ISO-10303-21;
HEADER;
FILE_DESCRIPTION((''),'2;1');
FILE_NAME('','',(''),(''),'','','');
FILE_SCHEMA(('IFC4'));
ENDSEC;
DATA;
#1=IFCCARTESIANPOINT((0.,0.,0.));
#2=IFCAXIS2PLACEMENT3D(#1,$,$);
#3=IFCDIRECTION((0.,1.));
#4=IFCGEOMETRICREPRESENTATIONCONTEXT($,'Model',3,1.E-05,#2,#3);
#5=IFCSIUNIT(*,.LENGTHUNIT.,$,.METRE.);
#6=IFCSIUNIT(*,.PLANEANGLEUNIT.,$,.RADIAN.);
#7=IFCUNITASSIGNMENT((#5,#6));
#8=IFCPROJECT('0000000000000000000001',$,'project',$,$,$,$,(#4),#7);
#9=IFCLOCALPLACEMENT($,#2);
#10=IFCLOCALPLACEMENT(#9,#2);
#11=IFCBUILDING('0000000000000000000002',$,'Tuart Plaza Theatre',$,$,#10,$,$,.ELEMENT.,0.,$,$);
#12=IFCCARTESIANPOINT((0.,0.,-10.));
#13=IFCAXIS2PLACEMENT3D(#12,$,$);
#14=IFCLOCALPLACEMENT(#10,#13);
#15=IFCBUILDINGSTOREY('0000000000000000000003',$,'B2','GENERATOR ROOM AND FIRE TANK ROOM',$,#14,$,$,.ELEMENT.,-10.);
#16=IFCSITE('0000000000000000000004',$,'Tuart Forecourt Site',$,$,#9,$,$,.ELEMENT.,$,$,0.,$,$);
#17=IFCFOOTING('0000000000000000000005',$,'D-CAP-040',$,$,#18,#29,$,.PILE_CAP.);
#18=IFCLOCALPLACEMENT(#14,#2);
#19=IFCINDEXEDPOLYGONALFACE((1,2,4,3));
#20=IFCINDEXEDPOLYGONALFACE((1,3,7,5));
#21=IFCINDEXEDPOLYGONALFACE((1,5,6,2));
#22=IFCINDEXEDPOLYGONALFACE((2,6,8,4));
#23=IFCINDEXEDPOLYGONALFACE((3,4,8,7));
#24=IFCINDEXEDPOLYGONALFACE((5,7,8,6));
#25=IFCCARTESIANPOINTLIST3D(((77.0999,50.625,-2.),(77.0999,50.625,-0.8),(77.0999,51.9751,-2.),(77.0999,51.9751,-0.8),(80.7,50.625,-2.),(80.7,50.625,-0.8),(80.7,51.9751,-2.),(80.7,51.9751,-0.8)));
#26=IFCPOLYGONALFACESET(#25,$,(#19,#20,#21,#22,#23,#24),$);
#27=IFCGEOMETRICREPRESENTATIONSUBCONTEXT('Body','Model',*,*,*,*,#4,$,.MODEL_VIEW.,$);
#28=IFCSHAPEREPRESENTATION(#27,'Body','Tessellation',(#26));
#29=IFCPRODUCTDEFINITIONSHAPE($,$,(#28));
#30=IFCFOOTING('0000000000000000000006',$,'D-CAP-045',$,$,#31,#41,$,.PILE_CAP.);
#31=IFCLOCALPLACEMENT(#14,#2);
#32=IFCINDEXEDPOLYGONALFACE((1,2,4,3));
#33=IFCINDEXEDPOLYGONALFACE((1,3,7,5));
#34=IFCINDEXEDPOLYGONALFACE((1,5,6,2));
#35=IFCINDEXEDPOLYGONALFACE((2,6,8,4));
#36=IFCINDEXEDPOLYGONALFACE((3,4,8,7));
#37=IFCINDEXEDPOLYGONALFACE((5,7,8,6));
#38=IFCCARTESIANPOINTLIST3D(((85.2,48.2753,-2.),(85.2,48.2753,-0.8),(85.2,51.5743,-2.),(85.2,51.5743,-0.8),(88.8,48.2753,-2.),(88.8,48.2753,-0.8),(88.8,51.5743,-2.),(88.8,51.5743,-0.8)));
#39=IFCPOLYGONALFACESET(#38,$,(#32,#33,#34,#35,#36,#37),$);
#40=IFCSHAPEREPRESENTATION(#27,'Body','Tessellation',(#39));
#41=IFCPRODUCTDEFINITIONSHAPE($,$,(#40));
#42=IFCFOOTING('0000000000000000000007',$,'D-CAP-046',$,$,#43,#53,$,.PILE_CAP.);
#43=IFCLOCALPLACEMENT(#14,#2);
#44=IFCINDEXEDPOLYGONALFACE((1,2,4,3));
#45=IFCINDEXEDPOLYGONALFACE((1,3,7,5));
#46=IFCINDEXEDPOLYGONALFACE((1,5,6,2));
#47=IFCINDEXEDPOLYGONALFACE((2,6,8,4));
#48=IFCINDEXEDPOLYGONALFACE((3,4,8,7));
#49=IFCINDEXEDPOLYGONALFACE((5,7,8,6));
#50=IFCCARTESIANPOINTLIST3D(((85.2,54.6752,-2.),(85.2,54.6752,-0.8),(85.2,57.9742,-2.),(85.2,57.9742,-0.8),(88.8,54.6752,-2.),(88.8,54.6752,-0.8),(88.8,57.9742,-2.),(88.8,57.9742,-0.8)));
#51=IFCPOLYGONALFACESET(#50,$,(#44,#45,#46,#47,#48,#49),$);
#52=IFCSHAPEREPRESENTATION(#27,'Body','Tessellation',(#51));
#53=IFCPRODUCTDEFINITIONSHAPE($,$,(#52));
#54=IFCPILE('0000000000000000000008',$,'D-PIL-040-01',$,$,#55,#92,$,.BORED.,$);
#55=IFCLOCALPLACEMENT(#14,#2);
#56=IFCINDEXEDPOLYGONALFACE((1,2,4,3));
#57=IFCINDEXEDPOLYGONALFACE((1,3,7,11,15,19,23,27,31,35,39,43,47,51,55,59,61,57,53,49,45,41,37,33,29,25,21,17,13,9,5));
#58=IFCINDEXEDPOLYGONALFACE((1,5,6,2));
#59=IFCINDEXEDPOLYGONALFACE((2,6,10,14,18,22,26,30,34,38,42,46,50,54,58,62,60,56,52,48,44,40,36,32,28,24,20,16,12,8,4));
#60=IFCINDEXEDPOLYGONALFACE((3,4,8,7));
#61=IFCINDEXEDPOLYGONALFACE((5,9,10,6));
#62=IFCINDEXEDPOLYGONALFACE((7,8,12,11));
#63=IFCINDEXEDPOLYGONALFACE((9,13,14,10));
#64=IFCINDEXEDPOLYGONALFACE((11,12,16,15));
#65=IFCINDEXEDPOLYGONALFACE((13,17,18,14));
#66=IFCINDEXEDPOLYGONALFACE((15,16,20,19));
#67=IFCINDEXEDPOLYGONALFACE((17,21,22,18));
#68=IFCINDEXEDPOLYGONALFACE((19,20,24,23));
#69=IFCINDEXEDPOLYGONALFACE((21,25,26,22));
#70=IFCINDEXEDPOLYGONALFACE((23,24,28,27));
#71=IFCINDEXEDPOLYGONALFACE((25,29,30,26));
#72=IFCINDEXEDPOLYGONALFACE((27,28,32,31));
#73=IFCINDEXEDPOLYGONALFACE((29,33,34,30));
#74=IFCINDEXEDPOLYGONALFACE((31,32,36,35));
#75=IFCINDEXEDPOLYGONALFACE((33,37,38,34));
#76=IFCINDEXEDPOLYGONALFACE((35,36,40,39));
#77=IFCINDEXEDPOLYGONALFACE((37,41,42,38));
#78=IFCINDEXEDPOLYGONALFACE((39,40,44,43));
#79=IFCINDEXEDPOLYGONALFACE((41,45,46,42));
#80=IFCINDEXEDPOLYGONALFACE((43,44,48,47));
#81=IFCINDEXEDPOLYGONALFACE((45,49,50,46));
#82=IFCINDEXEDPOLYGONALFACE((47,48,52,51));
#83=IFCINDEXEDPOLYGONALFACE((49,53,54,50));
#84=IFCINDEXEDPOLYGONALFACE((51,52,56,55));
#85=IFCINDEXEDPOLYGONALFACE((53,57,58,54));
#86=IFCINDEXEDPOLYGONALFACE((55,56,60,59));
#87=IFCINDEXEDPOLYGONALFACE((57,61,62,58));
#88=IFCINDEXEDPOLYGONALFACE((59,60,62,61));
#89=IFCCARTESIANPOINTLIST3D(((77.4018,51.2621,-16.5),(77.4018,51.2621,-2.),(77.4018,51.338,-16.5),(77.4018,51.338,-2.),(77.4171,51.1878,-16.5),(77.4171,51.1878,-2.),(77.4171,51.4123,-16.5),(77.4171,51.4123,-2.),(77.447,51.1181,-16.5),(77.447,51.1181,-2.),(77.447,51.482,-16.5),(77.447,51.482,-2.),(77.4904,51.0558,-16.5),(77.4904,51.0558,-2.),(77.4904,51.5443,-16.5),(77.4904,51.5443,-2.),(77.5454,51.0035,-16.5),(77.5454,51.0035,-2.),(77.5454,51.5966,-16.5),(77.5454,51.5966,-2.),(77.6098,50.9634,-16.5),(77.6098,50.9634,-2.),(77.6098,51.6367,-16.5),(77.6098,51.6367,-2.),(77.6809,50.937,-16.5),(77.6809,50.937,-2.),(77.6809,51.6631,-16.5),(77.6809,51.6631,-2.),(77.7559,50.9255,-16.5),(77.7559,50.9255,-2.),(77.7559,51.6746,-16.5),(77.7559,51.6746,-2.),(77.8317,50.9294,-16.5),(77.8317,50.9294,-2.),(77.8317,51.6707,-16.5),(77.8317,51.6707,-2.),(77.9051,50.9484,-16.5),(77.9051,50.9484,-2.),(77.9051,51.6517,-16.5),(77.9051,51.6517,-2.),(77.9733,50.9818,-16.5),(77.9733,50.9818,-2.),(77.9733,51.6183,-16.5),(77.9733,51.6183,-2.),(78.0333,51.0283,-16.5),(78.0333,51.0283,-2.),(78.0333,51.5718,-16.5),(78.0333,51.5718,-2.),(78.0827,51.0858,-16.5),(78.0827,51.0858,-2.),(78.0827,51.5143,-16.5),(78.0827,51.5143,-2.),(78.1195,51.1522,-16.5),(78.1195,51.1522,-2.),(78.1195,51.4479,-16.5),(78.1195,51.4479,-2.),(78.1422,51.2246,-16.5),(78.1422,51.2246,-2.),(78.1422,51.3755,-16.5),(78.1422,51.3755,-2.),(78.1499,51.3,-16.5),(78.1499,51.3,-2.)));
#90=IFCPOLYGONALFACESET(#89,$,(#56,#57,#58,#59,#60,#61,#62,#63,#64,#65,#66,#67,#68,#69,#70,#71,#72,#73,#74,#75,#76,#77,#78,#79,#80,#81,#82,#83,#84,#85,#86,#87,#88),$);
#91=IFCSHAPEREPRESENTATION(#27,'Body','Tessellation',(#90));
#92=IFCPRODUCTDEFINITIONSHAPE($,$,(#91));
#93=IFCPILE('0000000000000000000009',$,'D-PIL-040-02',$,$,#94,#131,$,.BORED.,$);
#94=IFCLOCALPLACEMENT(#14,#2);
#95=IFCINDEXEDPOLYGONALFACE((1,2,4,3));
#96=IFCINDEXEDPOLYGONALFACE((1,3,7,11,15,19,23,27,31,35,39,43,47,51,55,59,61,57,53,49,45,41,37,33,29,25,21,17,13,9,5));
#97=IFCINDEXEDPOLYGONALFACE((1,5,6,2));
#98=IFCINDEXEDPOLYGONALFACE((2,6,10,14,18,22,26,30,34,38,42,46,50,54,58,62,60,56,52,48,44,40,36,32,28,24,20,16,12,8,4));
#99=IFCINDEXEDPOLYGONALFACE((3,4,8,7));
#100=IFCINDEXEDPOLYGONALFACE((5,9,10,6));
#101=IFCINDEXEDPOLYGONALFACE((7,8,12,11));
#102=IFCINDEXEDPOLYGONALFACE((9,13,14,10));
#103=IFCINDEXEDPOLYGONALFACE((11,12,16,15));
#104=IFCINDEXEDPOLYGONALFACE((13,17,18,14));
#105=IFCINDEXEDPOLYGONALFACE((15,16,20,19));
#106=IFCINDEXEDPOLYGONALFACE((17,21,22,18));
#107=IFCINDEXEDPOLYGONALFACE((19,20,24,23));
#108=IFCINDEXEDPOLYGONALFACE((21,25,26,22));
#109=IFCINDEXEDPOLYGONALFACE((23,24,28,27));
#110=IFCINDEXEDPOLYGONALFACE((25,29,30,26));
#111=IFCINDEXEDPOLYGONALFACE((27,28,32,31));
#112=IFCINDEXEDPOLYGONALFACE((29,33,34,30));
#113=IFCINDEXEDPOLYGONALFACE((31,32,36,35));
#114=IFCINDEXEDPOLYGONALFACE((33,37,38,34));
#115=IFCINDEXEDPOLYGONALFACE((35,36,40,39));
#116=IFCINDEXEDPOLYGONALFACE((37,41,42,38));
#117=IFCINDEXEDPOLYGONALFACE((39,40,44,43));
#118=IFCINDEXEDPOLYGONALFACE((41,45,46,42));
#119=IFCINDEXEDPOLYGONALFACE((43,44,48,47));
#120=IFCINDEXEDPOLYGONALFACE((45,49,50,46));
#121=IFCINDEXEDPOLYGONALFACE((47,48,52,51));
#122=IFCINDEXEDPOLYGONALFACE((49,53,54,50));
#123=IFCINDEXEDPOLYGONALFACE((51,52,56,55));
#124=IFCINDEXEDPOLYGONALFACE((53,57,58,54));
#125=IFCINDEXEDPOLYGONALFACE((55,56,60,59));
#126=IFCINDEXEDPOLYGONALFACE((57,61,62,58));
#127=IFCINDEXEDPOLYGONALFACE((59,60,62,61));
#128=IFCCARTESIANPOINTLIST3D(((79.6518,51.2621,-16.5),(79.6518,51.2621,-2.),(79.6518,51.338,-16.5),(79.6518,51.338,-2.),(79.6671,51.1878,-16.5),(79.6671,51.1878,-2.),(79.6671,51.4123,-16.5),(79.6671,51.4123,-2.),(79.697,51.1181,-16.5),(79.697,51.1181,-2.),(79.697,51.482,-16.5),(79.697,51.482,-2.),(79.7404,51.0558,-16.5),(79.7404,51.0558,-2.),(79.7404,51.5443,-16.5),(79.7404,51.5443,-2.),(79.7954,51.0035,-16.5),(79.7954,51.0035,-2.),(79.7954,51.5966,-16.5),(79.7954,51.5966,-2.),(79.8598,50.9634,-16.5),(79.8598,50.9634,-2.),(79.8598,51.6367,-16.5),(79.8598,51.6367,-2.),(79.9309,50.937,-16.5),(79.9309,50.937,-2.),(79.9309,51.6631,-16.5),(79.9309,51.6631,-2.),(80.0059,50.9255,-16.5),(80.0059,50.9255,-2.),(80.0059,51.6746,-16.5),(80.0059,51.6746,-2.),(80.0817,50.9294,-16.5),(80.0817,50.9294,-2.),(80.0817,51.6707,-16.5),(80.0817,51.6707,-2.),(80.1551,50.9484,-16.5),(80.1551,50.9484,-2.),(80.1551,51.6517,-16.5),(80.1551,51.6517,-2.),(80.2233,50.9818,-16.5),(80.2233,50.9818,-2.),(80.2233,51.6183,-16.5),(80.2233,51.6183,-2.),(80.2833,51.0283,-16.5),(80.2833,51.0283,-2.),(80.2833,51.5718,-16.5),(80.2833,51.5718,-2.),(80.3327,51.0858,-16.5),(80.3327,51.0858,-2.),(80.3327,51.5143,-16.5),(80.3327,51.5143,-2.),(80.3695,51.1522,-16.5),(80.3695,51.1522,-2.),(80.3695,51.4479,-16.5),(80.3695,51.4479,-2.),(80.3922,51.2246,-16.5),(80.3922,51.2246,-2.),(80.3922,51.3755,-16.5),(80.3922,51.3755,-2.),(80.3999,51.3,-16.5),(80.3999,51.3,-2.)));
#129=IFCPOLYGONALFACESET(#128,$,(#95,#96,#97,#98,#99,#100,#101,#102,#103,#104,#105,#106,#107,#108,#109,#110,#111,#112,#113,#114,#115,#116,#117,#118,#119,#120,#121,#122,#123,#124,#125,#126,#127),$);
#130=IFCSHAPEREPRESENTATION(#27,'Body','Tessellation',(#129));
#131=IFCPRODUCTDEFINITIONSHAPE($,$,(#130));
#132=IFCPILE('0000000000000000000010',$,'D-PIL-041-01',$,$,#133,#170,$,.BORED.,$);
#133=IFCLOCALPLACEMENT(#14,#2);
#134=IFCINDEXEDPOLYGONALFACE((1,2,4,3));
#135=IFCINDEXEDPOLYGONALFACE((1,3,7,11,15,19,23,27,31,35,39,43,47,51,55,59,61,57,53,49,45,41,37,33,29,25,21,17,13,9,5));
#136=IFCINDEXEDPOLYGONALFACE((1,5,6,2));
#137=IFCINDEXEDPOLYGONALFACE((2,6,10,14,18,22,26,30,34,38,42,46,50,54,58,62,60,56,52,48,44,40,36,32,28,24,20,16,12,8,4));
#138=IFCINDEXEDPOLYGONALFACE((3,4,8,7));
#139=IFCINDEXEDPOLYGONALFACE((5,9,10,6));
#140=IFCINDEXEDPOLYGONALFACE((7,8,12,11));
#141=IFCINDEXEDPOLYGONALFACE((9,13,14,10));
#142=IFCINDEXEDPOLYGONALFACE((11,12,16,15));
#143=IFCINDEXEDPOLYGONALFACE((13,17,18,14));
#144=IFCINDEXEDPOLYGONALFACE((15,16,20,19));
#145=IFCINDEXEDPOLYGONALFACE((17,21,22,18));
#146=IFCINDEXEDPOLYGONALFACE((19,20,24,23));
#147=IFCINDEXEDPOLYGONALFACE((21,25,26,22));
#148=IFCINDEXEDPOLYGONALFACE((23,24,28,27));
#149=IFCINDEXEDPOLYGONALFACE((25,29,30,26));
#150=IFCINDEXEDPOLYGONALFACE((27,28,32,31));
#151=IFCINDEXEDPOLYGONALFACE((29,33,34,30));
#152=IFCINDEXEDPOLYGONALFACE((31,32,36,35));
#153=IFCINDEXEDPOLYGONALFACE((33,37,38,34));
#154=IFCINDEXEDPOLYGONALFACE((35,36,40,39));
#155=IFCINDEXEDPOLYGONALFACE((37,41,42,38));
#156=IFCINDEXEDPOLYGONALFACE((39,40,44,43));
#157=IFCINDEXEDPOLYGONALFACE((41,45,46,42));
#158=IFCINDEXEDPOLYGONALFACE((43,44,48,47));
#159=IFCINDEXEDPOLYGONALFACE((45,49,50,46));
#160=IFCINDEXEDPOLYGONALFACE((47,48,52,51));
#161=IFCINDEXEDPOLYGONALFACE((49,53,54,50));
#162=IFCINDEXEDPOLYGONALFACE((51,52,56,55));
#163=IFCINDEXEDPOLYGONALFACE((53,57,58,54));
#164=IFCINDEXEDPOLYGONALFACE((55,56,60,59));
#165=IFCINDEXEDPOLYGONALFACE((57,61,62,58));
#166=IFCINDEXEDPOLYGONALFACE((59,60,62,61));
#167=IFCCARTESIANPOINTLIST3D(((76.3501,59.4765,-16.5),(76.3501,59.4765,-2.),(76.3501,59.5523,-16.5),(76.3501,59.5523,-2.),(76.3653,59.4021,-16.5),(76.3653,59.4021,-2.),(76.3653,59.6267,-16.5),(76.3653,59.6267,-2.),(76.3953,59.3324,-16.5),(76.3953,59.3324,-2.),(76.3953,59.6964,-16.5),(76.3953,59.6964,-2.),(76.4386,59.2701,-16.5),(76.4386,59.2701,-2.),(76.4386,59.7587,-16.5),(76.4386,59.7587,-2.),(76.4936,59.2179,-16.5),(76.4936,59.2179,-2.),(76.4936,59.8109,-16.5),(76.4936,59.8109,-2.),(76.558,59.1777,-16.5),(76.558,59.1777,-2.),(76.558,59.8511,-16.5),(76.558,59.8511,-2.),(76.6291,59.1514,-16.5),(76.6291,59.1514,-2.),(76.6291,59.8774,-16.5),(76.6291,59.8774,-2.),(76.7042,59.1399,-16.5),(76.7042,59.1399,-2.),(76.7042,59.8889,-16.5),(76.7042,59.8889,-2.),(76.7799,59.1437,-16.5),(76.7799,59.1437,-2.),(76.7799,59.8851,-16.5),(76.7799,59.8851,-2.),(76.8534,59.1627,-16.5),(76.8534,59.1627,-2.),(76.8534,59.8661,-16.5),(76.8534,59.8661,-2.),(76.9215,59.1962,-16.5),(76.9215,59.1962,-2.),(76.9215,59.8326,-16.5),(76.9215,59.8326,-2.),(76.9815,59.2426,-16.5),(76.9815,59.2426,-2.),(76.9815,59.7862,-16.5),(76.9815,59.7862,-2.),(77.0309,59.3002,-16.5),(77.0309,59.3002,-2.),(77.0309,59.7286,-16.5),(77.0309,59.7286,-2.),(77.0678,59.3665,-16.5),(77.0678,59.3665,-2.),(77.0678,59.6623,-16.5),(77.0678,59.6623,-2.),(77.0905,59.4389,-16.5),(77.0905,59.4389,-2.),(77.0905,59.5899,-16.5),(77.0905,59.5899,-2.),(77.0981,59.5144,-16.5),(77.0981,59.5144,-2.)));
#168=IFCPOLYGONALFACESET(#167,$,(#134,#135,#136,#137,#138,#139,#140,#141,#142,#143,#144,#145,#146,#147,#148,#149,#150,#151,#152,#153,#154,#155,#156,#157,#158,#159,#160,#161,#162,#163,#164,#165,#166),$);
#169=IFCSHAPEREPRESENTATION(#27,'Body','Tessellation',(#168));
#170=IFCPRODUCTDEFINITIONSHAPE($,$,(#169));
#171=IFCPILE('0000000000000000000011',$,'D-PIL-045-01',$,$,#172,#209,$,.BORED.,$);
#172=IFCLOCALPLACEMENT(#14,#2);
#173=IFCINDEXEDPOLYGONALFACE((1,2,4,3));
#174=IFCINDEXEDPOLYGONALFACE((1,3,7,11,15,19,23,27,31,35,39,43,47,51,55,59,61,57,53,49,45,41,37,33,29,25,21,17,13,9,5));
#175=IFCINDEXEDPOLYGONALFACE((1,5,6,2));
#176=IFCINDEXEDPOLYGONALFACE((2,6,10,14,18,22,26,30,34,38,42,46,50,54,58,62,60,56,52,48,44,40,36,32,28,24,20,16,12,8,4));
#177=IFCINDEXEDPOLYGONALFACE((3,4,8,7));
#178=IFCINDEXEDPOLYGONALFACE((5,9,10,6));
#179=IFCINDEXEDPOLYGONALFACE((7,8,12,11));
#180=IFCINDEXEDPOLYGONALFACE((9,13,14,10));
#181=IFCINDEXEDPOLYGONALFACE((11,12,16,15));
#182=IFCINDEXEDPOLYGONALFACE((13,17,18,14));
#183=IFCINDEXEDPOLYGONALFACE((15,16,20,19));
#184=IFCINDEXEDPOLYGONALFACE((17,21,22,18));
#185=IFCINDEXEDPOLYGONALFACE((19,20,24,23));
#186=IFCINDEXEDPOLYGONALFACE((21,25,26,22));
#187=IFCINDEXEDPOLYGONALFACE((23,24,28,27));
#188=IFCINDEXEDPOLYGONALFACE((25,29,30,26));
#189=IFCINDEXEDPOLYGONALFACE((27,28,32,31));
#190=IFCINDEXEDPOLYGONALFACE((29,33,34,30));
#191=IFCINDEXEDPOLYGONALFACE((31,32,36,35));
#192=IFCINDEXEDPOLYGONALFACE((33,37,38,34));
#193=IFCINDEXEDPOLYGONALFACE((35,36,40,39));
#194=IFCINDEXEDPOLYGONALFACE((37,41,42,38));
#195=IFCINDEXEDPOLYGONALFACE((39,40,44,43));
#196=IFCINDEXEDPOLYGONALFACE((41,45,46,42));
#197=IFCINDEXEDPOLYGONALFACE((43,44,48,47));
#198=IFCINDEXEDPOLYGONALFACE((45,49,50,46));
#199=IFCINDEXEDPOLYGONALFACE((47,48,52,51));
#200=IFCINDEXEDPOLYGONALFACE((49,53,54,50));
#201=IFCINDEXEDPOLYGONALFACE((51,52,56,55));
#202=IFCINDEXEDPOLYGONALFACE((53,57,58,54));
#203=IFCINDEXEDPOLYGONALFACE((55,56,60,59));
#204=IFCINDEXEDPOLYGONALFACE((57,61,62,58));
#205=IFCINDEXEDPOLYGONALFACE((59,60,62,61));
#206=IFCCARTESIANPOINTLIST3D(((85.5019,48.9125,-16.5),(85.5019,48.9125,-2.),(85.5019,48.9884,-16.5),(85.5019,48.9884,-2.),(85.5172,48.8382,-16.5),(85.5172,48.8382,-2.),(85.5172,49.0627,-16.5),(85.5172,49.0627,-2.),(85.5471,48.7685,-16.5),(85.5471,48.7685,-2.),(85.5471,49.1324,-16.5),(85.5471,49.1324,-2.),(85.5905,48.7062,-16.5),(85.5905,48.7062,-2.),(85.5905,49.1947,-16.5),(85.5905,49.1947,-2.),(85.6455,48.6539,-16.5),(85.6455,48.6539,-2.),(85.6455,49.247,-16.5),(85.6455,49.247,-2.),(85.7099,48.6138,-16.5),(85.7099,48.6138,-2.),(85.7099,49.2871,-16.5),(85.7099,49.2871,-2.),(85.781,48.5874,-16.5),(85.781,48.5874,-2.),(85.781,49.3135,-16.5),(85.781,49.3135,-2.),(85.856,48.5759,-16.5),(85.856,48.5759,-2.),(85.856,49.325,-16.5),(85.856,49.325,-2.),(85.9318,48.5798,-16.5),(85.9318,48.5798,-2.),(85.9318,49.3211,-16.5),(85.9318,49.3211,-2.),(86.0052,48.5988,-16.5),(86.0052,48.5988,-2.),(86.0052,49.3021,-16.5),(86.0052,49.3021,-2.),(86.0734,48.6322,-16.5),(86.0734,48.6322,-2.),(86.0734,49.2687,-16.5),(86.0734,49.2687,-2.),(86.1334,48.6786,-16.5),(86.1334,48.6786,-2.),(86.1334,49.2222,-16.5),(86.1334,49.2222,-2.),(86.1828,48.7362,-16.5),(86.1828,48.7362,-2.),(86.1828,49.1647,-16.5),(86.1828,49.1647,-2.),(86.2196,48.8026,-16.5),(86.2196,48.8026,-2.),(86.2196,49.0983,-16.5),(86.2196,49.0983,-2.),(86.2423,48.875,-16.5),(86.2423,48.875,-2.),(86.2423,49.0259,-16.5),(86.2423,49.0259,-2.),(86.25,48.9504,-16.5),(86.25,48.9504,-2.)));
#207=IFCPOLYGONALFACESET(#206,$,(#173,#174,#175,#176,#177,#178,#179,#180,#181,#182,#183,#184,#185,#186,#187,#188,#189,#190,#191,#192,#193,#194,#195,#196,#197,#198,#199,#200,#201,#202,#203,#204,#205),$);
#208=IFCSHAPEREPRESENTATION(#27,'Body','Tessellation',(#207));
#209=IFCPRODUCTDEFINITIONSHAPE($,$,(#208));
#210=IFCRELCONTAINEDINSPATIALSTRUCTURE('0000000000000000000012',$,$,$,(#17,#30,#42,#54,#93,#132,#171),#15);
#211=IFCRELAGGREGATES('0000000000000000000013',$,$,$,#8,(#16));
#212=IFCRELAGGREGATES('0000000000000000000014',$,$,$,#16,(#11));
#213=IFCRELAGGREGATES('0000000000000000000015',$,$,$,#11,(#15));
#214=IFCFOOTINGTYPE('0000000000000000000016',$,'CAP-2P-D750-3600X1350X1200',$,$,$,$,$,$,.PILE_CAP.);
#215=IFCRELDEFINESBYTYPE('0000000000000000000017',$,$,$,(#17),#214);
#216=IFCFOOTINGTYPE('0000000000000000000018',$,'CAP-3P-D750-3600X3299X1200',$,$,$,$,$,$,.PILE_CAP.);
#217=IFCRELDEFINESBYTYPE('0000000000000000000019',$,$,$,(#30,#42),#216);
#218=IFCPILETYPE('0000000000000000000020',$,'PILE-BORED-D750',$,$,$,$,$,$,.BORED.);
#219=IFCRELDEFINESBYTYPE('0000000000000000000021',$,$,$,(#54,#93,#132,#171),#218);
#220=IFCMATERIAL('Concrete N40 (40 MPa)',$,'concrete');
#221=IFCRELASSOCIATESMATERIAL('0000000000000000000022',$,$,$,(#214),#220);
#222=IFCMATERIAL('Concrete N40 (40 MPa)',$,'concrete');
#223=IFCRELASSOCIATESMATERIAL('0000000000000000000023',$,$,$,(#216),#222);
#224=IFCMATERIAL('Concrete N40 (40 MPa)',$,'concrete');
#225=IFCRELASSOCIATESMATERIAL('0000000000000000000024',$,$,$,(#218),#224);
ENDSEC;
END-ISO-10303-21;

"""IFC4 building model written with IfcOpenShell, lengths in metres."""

from ifc_helpers import new_model, si_unit, direction, frame, origin, origin_2d, place, context, subcontext, project, spatial, rectangle, circle, extrude, material, material_profile, profile_set, type_object, element, save


model = new_model("IFC4")

# Units and contexts
model_context = context("Model", 3, precision=1e-05, world=origin(), true_north=direction((0.0, 1.0)))
body_context = subcontext(model_context, "Body", "Model", "MODEL_VIEW")
ifc_project = project(units=[si_unit("LENGTHUNIT", "METRE"), si_unit("PLANEANGLEUNIT", "RADIAN")], contexts=[model_context])

# Site, building, storey
site_placement = place(None, origin())
site = spatial("IfcSite", under=ifc_project, at=site_placement, Name="Tuart Forecourt Site", CompositionType="ELEMENT", RefElevation=0.0)
building_placement = place(site_placement, origin())
building = spatial("IfcBuilding", under=site, at=building_placement, Name="Tuart Plaza Theatre", CompositionType="ELEMENT", ElevationOfRefHeight=0.0)
storey_placement = place(building_placement, frame((0.0, 0.0, -10.0)))
storey = spatial("IfcBuildingStorey", under=building, at=storey_placement, Name="B2", Description="GENERATOR ROOM AND FIRE TANK ROOM", CompositionType="ELEMENT", Elevation=-10.0)

# Footings
ifc_material_1 = material(Name="Concrete N40 (40 MPa)", Category="concrete")
footing_type_1 = type_object("IfcFootingType", Name="CAP-2P-D750-3600X1350X1200", PredefinedType="PILE_CAP", material=ifc_material_1)
footing_placement = place(storey_placement, frame((78.8999, 51.3, -2.0), z_axis=(0.0, 0.0, 1.0), x_axis=(1.0, 0.0, 0.0)))
element("IfcFooting", 1, at=footing_placement, inside=storey, type_object=footing_type_1, Name="D-CAP-040", PredefinedType="PILE_CAP", context=body_context, shape_type="SweptSolid", body=[
    extrude(rectangle(XDim=3.6001, YDim=1.3501, at=origin_2d()), origin(), (0.0, 0.0, 1.0), 1.2),
])
ifc_material_2 = material(Name="Concrete N40 (40 MPa)", Category="concrete")
footing_type_2 = type_object("IfcFootingType", Name="CAP-3P-D750-3600X3299X1200", PredefinedType="PILE_CAP", material=ifc_material_2)
for number, where, z_axis, x_axis, name in (
    (2, (87.0, 49.9248, -2.0), (0.0, 0.0, 1.0), (-1.0, 0.0, 0.0), "D-CAP-045"),
    (3, (87.0, 56.3247, -2.0), (0.0, 0.0, 1.0), (1.0, 0.0, 0.0), "D-CAP-046"),
):
    element("IfcFooting", number, at=place(storey_placement, frame(where, z_axis=z_axis, x_axis=x_axis)), inside=storey, type_object=footing_type_2, Name=name, PredefinedType="PILE_CAP", context=body_context, shape_type="SweptSolid", body=[
        extrude(rectangle(XDim=3.6001, YDim=3.2991, at=origin_2d()), origin(), (0.0, 0.0, 1.0), 1.2),
    ])

# Piles
ifc_material_3 = material(Name="Concrete N40 (40 MPa)", Category="concrete")
ifc_material_profile_1 = material_profile(ifc_material_3, circle(Radius=0.375, at=origin_2d()), Name="PILE-BORED-D750")
ifc_profile_set_1 = profile_set([ifc_material_profile_1], Name="Concrete N40 (40 MPa)")
pile_type_1 = type_object("IfcPileType", Name="PILE-BORED-D750", PredefinedType="BORED", material=ifc_profile_set_1)
for number, where, z_axis, x_axis, name in (
    (4, (77.7749, 51.3, -2.0), (0.0, 0.0, -1.0), (1.0, 0.0, 0.0), "D-PIL-040-01"),
    (5, (80.0249, 51.3, -2.0), (0.0, 0.0, -1.0), (1.0, 0.0, 0.0), "D-PIL-040-02"),
    (6, (76.7231, 59.5144, -2.0), (0.0, 0.0, -1.0), (1.0, 0.0, 0.0), "D-PIL-041-01"),
    (7, (85.875, 48.9504, -2.0), (0.0, 0.0, -1.0), (1.0, 0.0, 0.0), "D-PIL-045-01"),
):
    element("IfcPile", number, at=place(storey_placement, frame(where, z_axis=z_axis, x_axis=x_axis)), inside=storey, type_object=pile_type_1, Name=name, PredefinedType="BORED", context=body_context, shape_type="SweptSolid", body=[
        extrude(circle(Radius=0.375, at=origin_2d()), origin(), (0.0, 0.0, 1.0), 14.5),
    ])

save(model, "model.ifc")
